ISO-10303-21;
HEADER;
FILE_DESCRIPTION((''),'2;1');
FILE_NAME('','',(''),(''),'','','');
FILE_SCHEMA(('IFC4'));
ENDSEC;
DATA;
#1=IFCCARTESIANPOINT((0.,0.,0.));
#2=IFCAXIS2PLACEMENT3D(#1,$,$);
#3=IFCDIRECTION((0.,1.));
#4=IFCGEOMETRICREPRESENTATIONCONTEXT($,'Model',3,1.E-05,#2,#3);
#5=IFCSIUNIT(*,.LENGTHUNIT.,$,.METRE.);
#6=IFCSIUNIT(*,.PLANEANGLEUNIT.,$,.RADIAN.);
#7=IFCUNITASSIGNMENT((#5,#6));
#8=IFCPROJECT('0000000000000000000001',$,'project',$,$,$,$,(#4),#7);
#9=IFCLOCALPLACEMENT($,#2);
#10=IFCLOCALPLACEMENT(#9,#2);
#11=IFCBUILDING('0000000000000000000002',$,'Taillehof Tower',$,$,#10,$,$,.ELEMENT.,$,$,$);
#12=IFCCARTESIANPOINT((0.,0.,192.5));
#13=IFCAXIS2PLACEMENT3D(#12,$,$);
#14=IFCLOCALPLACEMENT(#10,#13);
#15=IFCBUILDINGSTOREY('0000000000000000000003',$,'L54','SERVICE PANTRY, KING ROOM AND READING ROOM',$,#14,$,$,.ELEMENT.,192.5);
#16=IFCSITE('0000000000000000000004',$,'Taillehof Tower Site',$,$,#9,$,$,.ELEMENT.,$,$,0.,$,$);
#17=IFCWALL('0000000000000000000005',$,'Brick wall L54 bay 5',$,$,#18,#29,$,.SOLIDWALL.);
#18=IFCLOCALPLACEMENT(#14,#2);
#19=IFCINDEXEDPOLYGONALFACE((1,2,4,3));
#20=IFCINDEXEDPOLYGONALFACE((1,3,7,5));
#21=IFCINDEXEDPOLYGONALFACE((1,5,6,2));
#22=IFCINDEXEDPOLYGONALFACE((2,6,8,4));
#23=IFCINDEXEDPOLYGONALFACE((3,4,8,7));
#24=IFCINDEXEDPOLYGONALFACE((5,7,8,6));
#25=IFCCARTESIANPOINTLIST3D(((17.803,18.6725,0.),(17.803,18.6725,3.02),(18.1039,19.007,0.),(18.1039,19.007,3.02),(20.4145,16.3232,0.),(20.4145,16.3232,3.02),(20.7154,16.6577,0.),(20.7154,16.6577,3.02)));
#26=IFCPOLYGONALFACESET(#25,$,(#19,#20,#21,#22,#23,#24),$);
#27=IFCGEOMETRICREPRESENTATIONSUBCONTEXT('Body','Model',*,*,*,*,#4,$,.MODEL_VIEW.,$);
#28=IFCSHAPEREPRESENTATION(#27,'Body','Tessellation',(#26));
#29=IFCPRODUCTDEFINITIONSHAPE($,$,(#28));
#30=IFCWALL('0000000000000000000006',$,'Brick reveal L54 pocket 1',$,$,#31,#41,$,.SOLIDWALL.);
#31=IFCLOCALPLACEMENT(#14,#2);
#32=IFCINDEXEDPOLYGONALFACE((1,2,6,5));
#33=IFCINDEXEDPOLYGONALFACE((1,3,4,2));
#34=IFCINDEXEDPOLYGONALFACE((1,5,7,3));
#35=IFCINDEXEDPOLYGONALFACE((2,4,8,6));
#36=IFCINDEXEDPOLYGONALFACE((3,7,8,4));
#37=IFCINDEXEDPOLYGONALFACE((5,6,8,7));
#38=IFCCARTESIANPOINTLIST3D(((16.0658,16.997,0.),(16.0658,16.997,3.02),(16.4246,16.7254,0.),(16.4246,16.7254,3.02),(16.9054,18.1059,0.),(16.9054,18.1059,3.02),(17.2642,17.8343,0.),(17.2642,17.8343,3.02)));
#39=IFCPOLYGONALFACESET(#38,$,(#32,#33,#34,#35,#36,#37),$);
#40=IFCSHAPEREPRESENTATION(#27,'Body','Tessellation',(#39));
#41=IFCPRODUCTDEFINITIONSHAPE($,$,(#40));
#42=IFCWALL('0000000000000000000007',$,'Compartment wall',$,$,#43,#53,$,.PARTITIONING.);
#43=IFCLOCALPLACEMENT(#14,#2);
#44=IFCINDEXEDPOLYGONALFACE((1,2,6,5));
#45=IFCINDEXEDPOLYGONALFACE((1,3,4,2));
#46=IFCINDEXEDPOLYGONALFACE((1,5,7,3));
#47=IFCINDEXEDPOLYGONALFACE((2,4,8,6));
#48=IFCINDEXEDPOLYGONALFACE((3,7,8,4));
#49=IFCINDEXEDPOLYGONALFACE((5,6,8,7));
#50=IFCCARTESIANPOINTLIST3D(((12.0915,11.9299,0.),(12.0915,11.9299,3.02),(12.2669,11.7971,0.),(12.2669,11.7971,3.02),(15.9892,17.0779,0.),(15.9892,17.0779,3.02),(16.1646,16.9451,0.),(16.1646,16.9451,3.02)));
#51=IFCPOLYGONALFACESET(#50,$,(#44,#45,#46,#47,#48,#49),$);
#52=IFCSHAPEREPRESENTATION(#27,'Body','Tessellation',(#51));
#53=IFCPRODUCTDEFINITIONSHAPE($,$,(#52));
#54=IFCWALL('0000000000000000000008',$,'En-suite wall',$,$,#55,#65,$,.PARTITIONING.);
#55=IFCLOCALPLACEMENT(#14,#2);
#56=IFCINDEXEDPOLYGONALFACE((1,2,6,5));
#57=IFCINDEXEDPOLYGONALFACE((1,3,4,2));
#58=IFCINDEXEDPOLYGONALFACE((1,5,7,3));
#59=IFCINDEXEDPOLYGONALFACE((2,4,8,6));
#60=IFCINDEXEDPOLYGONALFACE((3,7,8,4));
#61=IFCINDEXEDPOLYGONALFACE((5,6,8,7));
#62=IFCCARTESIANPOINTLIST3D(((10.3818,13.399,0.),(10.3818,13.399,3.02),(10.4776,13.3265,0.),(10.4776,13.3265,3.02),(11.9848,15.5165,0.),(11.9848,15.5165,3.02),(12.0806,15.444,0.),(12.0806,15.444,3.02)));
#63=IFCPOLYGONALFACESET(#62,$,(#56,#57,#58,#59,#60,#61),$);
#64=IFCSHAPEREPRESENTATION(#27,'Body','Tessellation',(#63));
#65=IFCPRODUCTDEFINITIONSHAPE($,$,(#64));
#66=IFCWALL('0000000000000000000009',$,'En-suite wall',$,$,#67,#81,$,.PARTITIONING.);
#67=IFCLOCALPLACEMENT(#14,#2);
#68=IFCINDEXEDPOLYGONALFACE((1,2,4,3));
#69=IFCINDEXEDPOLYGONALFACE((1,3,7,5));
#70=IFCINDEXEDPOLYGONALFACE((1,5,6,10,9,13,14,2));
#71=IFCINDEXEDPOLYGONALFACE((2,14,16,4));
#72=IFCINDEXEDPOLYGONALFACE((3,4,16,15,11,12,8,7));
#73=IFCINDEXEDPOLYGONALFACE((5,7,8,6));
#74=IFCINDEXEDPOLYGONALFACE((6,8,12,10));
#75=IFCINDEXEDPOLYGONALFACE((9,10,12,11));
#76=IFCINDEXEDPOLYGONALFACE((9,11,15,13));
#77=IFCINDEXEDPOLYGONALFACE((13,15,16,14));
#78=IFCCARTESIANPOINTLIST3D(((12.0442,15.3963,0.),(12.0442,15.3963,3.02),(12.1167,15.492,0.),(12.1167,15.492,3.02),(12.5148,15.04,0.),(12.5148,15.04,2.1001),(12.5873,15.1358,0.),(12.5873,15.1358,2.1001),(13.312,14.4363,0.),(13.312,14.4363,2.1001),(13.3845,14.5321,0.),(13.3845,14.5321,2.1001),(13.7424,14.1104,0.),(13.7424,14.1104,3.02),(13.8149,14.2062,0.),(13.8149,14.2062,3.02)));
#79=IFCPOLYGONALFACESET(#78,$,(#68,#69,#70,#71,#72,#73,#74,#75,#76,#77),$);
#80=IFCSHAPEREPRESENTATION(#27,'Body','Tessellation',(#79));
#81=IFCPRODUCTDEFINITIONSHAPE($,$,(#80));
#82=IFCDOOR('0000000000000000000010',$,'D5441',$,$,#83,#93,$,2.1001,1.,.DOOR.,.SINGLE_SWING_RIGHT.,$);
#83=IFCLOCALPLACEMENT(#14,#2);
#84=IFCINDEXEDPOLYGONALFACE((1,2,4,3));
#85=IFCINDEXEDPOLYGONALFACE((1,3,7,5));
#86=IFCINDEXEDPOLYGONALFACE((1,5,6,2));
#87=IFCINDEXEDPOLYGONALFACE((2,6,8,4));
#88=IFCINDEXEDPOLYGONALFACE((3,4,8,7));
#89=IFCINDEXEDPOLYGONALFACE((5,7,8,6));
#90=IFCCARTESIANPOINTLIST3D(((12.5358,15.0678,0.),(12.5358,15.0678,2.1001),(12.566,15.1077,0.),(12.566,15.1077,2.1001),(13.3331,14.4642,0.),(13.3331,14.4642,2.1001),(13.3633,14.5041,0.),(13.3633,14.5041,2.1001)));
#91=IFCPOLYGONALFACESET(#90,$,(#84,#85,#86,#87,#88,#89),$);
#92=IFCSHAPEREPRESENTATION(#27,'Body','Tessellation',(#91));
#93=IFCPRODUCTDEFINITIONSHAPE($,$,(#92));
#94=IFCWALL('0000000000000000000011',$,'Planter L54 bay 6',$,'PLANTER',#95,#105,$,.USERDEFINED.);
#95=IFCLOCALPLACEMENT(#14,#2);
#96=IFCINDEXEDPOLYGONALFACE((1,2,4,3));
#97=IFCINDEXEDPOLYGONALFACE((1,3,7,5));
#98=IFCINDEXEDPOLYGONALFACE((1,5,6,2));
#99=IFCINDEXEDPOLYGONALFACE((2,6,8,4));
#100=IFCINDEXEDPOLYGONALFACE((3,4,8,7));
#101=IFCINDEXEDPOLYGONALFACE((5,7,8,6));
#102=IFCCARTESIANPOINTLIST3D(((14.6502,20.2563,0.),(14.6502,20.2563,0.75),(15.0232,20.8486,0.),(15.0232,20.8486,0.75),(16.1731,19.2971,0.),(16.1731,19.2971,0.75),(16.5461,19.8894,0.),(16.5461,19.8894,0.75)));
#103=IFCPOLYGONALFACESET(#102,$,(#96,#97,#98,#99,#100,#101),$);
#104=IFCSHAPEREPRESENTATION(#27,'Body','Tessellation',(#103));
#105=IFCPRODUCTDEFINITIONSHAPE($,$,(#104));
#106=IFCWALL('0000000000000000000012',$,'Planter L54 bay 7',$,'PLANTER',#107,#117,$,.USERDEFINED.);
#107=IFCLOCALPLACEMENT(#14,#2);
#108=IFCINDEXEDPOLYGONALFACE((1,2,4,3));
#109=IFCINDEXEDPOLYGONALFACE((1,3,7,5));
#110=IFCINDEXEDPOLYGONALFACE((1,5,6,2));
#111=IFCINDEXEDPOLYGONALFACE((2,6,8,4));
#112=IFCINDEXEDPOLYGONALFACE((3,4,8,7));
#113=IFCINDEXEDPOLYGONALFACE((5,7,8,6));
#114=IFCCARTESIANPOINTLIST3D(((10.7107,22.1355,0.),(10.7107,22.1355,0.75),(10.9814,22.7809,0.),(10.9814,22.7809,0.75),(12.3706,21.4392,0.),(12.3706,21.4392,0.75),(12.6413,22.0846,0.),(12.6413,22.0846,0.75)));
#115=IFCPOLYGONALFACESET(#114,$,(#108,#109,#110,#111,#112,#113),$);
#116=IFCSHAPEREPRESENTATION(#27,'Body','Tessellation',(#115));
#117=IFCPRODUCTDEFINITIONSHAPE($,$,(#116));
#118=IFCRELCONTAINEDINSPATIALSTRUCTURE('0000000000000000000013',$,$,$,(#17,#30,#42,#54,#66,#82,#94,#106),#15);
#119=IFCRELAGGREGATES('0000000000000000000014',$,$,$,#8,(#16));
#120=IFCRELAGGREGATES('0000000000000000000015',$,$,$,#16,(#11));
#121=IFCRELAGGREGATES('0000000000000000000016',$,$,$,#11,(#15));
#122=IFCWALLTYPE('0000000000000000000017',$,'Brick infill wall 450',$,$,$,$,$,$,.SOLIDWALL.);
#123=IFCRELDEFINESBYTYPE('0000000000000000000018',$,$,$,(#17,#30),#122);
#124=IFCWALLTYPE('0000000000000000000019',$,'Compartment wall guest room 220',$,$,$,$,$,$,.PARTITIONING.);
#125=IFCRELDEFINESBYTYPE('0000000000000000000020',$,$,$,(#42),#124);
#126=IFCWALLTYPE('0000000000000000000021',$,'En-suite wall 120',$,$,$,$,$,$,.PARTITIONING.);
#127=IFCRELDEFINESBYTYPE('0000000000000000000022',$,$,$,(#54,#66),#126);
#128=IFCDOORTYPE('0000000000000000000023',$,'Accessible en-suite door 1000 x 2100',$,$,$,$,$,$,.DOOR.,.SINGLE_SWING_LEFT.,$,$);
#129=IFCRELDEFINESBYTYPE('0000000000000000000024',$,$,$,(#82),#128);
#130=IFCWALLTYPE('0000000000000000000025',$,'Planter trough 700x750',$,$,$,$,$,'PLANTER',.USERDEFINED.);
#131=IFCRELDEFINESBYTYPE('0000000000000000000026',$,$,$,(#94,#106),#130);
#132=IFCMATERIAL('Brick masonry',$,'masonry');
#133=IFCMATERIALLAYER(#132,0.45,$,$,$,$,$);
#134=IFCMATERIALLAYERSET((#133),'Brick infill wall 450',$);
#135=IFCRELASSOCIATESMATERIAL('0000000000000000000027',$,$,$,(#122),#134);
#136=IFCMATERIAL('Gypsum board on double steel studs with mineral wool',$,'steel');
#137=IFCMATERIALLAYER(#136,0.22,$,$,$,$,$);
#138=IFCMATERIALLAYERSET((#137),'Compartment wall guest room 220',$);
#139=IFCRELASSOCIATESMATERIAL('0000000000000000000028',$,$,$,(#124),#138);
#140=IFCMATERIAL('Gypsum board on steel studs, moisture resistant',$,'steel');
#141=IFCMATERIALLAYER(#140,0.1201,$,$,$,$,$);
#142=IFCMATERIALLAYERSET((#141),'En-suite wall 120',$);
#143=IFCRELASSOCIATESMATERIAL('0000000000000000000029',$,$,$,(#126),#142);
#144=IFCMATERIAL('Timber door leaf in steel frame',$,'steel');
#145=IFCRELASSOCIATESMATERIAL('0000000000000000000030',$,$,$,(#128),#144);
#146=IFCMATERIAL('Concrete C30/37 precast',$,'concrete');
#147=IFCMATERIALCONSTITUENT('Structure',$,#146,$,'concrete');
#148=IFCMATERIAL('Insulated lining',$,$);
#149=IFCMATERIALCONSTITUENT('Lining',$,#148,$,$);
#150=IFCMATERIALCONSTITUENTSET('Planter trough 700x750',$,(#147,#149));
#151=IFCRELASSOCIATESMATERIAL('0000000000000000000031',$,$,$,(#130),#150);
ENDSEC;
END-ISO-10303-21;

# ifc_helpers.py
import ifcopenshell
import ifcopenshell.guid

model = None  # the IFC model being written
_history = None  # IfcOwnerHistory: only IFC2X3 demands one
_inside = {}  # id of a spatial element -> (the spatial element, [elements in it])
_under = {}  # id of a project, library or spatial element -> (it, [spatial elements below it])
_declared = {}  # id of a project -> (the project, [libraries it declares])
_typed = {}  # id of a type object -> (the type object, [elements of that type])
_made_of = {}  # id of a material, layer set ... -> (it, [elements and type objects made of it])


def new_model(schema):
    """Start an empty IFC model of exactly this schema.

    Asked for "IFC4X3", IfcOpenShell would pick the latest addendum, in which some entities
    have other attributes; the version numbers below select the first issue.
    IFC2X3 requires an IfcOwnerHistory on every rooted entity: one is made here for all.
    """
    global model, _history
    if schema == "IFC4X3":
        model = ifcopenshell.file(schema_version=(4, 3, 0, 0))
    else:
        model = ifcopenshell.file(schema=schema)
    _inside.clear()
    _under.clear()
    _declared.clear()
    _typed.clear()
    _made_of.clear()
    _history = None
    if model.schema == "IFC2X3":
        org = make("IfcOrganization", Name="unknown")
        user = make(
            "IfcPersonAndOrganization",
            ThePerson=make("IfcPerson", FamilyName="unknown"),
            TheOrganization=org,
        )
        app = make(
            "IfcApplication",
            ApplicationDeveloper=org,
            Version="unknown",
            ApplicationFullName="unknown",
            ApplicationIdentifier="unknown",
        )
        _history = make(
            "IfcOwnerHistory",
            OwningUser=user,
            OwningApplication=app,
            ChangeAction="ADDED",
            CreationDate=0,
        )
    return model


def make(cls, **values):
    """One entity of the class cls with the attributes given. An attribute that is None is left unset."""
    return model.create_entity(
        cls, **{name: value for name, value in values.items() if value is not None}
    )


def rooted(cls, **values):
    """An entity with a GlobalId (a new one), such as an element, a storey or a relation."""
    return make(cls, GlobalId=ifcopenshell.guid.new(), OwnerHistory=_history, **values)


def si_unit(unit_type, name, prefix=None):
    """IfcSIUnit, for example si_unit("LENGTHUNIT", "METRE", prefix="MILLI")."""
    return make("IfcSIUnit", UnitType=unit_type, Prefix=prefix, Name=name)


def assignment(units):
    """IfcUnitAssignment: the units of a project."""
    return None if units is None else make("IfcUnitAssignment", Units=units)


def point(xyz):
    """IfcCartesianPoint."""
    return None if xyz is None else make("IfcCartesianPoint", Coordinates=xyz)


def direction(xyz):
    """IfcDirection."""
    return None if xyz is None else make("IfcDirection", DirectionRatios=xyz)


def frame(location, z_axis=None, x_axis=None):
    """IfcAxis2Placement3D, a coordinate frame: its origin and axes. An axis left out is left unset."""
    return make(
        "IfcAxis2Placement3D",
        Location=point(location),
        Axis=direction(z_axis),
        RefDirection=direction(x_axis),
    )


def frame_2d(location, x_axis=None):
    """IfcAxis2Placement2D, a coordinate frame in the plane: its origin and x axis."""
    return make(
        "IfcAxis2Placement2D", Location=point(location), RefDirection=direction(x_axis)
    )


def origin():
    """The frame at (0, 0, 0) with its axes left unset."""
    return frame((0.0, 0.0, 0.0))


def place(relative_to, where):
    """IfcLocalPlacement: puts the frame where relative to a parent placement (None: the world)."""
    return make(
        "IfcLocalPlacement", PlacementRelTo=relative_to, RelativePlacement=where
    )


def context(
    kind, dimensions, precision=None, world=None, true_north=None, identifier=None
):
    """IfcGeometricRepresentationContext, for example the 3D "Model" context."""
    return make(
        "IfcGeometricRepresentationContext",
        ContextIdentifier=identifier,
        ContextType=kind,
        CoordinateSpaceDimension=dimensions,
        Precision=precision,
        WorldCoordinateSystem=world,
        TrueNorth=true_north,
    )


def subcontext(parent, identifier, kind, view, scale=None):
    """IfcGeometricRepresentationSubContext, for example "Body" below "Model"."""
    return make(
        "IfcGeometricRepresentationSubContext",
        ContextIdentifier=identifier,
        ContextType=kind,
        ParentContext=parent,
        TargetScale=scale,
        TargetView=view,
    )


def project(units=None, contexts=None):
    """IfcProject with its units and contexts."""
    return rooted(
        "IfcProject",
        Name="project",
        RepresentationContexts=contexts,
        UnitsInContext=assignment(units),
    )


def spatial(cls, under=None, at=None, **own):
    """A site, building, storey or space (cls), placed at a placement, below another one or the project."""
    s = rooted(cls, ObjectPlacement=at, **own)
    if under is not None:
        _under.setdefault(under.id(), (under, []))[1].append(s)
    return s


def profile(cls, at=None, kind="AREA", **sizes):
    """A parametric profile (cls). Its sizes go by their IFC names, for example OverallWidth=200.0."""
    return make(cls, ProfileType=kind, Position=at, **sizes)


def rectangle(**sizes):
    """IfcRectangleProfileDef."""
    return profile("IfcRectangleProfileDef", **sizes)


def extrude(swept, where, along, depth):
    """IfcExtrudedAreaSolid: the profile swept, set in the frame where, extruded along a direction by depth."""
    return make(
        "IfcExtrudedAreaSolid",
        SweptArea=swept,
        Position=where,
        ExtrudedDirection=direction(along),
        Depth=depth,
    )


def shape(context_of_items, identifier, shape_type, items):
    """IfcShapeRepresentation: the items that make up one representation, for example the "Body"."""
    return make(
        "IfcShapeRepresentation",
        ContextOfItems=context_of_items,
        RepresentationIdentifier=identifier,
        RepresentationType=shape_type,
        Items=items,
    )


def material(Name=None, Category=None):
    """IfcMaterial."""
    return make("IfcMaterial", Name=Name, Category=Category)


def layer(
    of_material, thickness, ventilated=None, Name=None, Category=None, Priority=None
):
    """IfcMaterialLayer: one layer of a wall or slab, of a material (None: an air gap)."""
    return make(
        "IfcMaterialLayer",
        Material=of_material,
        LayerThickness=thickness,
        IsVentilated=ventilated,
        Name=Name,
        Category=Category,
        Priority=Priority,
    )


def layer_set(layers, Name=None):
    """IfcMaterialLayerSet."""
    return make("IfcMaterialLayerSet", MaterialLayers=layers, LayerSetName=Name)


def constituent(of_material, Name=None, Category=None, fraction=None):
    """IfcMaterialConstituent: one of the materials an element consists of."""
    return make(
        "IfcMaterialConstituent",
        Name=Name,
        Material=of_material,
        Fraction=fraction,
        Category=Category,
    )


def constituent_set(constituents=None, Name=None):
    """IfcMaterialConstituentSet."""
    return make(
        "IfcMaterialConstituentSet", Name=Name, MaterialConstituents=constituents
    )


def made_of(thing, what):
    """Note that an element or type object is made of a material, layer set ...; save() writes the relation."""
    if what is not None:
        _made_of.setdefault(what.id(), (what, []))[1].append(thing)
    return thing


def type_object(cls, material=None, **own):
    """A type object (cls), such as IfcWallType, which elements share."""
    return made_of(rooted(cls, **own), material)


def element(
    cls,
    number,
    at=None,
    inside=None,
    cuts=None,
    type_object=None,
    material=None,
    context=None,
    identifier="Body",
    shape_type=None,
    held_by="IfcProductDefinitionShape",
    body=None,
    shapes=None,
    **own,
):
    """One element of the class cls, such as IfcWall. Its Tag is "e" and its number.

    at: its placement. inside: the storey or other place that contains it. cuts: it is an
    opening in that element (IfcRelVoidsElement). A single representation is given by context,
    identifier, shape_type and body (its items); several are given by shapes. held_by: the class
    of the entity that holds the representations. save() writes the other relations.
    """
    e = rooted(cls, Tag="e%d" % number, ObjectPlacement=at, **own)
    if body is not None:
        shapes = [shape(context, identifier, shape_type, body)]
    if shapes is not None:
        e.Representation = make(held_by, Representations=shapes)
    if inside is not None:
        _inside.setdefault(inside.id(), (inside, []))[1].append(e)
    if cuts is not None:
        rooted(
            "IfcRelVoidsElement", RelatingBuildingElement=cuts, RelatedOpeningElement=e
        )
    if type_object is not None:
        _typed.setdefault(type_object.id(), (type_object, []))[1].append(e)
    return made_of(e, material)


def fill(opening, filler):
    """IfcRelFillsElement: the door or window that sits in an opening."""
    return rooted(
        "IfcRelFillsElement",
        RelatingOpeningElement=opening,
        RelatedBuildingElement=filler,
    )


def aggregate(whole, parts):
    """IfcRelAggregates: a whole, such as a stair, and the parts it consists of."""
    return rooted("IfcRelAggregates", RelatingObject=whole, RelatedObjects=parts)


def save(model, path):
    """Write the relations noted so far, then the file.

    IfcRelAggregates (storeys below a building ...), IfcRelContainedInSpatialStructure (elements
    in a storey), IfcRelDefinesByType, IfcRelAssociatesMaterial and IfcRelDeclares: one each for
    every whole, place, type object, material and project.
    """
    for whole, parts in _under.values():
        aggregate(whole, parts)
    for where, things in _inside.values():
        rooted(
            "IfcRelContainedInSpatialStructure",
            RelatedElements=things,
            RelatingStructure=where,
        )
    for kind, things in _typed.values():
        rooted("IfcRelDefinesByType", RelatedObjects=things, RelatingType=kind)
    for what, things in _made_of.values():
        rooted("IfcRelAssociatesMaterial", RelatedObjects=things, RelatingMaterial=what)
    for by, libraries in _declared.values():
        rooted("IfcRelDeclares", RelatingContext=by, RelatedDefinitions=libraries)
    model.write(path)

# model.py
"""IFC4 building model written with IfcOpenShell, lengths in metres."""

from ifc_helpers import new_model, si_unit, direction, frame, frame_2d, origin, place, context, subcontext, project, spatial, rectangle, extrude, material, layer, layer_set, constituent, constituent_set, type_object, element, fill, save


model = new_model("IFC4")

# Units and contexts
model_context = context("Model", 3, precision=1e-05, world=origin(), true_north=direction((0.0, 1.0)))
body_context = subcontext(model_context, "Body", "Model", "MODEL_VIEW")
ifc_project = project(units=[si_unit("LENGTHUNIT", "METRE"), si_unit("PLANEANGLEUNIT", "RADIAN")], contexts=[model_context])

# Site, building, storey
site_placement = place(None, origin())
site = spatial("IfcSite", under=ifc_project, at=site_placement, Name="Taillehof Tower Site", CompositionType="ELEMENT", RefElevation=0.0)
building_placement = place(site_placement, origin())
building = spatial("IfcBuilding", under=site, at=building_placement, Name="Taillehof Tower", CompositionType="ELEMENT")
storey_placement = place(building_placement, frame((0.0, 0.0, 192.5)))
storey = spatial("IfcBuildingStorey", under=building, at=storey_placement, Name="L54", Description="SERVICE PANTRY, KING ROOM AND READING ROOM", CompositionType="ELEMENT", Elevation=192.5)

# Shared definitions
ifc_material_1 = material(Name="Brick masonry", Category="masonry")
ifc_layer_1 = layer(ifc_material_1, 0.45)
ifc_layer_set_1 = layer_set([ifc_layer_1], Name="Brick infill wall 450")
wall_type_1 = type_object("IfcWallType", Name="Brick infill wall 450", PredefinedType="SOLIDWALL", material=ifc_layer_set_1)

# Walls
wall_1_placement = place(storey_placement, frame((20.5649, 16.4905, 0.0), z_axis=(0.0, 0.0, 1.0), x_axis=(-0.743443, 0.6688, 0.0)))
element("IfcWall", 1, at=wall_1_placement, inside=storey, type_object=wall_type_1, Name="Brick wall L54 bay 5", PredefinedType="SOLIDWALL", context=body_context, shape_type="SweptSolid", body=[
    extrude(rectangle(XDim=3.5127, YDim=0.45, at=frame_2d((1.7563, 0.0))), origin(), (0.0, 0.0, 1.0), 3.02),
])
wall_2_placement = place(storey_placement, frame((17.0847, 17.97, 0.0), z_axis=(0.0, 0.0, 1.0), x_axis=(-0.603645, -0.797253, 0.0)))
element("IfcWall", 2, at=wall_2_placement, inside=storey, type_object=wall_type_1, Name="Brick reveal L54 pocket 1", PredefinedType="SOLIDWALL", context=body_context, shape_type="SweptSolid", body=[
    extrude(rectangle(XDim=1.3909, YDim=0.45, at=frame_2d((0.6953, 0.0))), origin(), (0.0, 0.0, 1.0), 3.02),
])

# Walls
ifc_material_2 = material(Name="Gypsum board on double steel studs with mineral wool", Category="steel")
ifc_layer_2 = layer(ifc_material_2, 0.22)
ifc_layer_set_2 = layer_set([ifc_layer_2], Name="Compartment wall guest room 220")
wall_type_2 = type_object("IfcWallType", Name="Compartment wall guest room 220", PredefinedType="PARTITIONING", material=ifc_layer_set_2)
wall_3_placement = place(storey_placement, frame((16.0769, 17.0115, 0.0), z_axis=(0.0, 0.0, 1.0), x_axis=(-0.603636, -0.79726, 0.0)))
element("IfcWall", 3, at=wall_3_placement, inside=storey, type_object=wall_type_2, Name="Compartment wall", PredefinedType="PARTITIONING", context=body_context, shape_type="SweptSolid", body=[
    extrude(rectangle(XDim=6.457, YDim=0.22, at=frame_2d((3.2285, 0.0))), origin(), (0.0, 0.0, 1.0), 3.02),
])
ifc_material_3 = material(Name="Gypsum board on steel studs, moisture resistant", Category="steel")
ifc_layer_3 = layer(ifc_material_3, 0.1201)
ifc_layer_set_3 = layer_set([ifc_layer_3], Name="En-suite wall 120")
wall_type_3 = type_object("IfcWallType", Name="En-suite wall 120", PredefinedType="PARTITIONING", material=ifc_layer_set_3)
wall_4_placement = place(storey_placement, frame((10.4297, 13.3628, 0.0), z_axis=(0.0, 0.0, 1.0), x_axis=(0.603597, 0.797289, 0.0)))
element("IfcWall", 4, at=wall_4_placement, inside=storey, type_object=wall_type_3, Name="En-suite wall", PredefinedType="PARTITIONING", context=body_context, shape_type="SweptSolid", body=[
    extrude(rectangle(XDim=2.6558, YDim=0.1201, at=frame_2d((1.3279, 0.0))), origin(), (0.0, 0.0, 1.0), 3.02),
])

# Wall, opening, door
wall_5_placement = place(storey_placement, frame((12.0806, 15.4441, 0.0), z_axis=(0.0, 0.0, 1.0), x_axis=(0.797241, -0.603661, 0.0)))
wall_5 = element("IfcWall", 5, at=wall_5_placement, inside=storey, type_object=wall_type_3, Name="En-suite wall", PredefinedType="PARTITIONING", context=body_context, shape_type="SweptSolid", body=[
    extrude(rectangle(XDim=2.1301, YDim=0.1201, at=frame_2d((1.0649, 0.0))), origin(), (0.0, 0.0, 1.0), 3.02),
])
opening_1_placement = place(wall_5_placement, frame((0.5901, 0.0, 0.0)))
opening_1 = element("IfcOpeningElement", 6, at=opening_1_placement, cuts=wall_5, PredefinedType="OPENING", context=body_context, shape_type="SweptSolid", body=[
    extrude(rectangle(XDim=1.0, YDim=2.1001, at=frame_2d((0.5, 1.05))), frame((0.0, 0.0701, 0.0), z_axis=(0.0, -1.0, 0.0), x_axis=(1.0, 0.0, 0.0)), (0.0, 0.0, 1.0), 0.1401),
])
ifc_material_4 = material(Name="Timber door leaf in steel frame", Category="steel")
door_type_1 = type_object("IfcDoorType", Name="Accessible en-suite door 1000 x 2100", OperationType="SINGLE_SWING_LEFT", PredefinedType="DOOR", material=ifc_material_4)
door_1_placement = place(opening_1_placement, origin())
door_1 = element("IfcDoor", 7, at=door_1_placement, inside=storey, type_object=door_type_1, Name="D5441", OperationType="SINGLE_SWING_RIGHT", OverallHeight=2.1001, OverallWidth=1.0, PredefinedType="DOOR", context=body_context, shape_type="SweptSolid", body=[
    extrude(rectangle(XDim=1.0, YDim=2.1001, at=frame_2d((0.5, 1.05))), frame((0.0, 0.0249, 0.0), z_axis=(0.0, -1.0, 0.0), x_axis=(1.0, 0.0, 0.0)), (0.0, 0.0, 1.0), 0.05),
])
fill(opening_1, door_1)

# Walls
ifc_material_5 = material(Name="Concrete C30/37 precast", Category="concrete")
ifc_constituent_1 = constituent(ifc_material_5, Name="Structure", Category="concrete")
ifc_material_6 = material(Name="Insulated lining")
ifc_constituent_2 = constituent(ifc_material_6, Name="Lining")
ifc_constituent_set = constituent_set(constituents=[ifc_constituent_1, ifc_constituent_2], Name="Planter trough 700x750")
wall_type_4 = type_object("IfcWallType", Name="Planter trough 700x750", ElementType="PLANTER", PredefinedType="USERDEFINED", material=ifc_constituent_set)
wall_6_placement = place(storey_placement, frame((16.3596, 19.5933, 0.0), z_axis=(0.0, 0.0, 1.0), x_axis=(-0.846149, 0.532946, 0.0)))
element("IfcWall", 8, at=wall_6_placement, inside=storey, type_object=wall_type_4, Name="Planter L54 bay 6", ObjectType="PLANTER", PredefinedType="USERDEFINED", context=body_context, shape_type="SweptSolid", body=[
    extrude(rectangle(XDim=1.7998, YDim=0.7, at=frame_2d((0.8999, 0.0))), origin(), (0.0, 0.0, 1.0), 0.75),
])
wall_7_placement = place(storey_placement, frame((12.5059, 21.762, 0.0), z_axis=(0.0, 0.0, 1.0), x_axis=(-0.922155, 0.38682, 0.0)))
element("IfcWall", 9, at=wall_7_placement, inside=storey, type_object=wall_type_4, Name="Planter L54 bay 7", ObjectType="PLANTER", PredefinedType="USERDEFINED", context=body_context, shape_type="SweptSolid", body=[
    extrude(rectangle(XDim=1.8, YDim=0.7, at=frame_2d((0.8999, 0.0))), origin(), (0.0, 0.0, 1.0), 0.75),
])

save(model, "model.ifc")
